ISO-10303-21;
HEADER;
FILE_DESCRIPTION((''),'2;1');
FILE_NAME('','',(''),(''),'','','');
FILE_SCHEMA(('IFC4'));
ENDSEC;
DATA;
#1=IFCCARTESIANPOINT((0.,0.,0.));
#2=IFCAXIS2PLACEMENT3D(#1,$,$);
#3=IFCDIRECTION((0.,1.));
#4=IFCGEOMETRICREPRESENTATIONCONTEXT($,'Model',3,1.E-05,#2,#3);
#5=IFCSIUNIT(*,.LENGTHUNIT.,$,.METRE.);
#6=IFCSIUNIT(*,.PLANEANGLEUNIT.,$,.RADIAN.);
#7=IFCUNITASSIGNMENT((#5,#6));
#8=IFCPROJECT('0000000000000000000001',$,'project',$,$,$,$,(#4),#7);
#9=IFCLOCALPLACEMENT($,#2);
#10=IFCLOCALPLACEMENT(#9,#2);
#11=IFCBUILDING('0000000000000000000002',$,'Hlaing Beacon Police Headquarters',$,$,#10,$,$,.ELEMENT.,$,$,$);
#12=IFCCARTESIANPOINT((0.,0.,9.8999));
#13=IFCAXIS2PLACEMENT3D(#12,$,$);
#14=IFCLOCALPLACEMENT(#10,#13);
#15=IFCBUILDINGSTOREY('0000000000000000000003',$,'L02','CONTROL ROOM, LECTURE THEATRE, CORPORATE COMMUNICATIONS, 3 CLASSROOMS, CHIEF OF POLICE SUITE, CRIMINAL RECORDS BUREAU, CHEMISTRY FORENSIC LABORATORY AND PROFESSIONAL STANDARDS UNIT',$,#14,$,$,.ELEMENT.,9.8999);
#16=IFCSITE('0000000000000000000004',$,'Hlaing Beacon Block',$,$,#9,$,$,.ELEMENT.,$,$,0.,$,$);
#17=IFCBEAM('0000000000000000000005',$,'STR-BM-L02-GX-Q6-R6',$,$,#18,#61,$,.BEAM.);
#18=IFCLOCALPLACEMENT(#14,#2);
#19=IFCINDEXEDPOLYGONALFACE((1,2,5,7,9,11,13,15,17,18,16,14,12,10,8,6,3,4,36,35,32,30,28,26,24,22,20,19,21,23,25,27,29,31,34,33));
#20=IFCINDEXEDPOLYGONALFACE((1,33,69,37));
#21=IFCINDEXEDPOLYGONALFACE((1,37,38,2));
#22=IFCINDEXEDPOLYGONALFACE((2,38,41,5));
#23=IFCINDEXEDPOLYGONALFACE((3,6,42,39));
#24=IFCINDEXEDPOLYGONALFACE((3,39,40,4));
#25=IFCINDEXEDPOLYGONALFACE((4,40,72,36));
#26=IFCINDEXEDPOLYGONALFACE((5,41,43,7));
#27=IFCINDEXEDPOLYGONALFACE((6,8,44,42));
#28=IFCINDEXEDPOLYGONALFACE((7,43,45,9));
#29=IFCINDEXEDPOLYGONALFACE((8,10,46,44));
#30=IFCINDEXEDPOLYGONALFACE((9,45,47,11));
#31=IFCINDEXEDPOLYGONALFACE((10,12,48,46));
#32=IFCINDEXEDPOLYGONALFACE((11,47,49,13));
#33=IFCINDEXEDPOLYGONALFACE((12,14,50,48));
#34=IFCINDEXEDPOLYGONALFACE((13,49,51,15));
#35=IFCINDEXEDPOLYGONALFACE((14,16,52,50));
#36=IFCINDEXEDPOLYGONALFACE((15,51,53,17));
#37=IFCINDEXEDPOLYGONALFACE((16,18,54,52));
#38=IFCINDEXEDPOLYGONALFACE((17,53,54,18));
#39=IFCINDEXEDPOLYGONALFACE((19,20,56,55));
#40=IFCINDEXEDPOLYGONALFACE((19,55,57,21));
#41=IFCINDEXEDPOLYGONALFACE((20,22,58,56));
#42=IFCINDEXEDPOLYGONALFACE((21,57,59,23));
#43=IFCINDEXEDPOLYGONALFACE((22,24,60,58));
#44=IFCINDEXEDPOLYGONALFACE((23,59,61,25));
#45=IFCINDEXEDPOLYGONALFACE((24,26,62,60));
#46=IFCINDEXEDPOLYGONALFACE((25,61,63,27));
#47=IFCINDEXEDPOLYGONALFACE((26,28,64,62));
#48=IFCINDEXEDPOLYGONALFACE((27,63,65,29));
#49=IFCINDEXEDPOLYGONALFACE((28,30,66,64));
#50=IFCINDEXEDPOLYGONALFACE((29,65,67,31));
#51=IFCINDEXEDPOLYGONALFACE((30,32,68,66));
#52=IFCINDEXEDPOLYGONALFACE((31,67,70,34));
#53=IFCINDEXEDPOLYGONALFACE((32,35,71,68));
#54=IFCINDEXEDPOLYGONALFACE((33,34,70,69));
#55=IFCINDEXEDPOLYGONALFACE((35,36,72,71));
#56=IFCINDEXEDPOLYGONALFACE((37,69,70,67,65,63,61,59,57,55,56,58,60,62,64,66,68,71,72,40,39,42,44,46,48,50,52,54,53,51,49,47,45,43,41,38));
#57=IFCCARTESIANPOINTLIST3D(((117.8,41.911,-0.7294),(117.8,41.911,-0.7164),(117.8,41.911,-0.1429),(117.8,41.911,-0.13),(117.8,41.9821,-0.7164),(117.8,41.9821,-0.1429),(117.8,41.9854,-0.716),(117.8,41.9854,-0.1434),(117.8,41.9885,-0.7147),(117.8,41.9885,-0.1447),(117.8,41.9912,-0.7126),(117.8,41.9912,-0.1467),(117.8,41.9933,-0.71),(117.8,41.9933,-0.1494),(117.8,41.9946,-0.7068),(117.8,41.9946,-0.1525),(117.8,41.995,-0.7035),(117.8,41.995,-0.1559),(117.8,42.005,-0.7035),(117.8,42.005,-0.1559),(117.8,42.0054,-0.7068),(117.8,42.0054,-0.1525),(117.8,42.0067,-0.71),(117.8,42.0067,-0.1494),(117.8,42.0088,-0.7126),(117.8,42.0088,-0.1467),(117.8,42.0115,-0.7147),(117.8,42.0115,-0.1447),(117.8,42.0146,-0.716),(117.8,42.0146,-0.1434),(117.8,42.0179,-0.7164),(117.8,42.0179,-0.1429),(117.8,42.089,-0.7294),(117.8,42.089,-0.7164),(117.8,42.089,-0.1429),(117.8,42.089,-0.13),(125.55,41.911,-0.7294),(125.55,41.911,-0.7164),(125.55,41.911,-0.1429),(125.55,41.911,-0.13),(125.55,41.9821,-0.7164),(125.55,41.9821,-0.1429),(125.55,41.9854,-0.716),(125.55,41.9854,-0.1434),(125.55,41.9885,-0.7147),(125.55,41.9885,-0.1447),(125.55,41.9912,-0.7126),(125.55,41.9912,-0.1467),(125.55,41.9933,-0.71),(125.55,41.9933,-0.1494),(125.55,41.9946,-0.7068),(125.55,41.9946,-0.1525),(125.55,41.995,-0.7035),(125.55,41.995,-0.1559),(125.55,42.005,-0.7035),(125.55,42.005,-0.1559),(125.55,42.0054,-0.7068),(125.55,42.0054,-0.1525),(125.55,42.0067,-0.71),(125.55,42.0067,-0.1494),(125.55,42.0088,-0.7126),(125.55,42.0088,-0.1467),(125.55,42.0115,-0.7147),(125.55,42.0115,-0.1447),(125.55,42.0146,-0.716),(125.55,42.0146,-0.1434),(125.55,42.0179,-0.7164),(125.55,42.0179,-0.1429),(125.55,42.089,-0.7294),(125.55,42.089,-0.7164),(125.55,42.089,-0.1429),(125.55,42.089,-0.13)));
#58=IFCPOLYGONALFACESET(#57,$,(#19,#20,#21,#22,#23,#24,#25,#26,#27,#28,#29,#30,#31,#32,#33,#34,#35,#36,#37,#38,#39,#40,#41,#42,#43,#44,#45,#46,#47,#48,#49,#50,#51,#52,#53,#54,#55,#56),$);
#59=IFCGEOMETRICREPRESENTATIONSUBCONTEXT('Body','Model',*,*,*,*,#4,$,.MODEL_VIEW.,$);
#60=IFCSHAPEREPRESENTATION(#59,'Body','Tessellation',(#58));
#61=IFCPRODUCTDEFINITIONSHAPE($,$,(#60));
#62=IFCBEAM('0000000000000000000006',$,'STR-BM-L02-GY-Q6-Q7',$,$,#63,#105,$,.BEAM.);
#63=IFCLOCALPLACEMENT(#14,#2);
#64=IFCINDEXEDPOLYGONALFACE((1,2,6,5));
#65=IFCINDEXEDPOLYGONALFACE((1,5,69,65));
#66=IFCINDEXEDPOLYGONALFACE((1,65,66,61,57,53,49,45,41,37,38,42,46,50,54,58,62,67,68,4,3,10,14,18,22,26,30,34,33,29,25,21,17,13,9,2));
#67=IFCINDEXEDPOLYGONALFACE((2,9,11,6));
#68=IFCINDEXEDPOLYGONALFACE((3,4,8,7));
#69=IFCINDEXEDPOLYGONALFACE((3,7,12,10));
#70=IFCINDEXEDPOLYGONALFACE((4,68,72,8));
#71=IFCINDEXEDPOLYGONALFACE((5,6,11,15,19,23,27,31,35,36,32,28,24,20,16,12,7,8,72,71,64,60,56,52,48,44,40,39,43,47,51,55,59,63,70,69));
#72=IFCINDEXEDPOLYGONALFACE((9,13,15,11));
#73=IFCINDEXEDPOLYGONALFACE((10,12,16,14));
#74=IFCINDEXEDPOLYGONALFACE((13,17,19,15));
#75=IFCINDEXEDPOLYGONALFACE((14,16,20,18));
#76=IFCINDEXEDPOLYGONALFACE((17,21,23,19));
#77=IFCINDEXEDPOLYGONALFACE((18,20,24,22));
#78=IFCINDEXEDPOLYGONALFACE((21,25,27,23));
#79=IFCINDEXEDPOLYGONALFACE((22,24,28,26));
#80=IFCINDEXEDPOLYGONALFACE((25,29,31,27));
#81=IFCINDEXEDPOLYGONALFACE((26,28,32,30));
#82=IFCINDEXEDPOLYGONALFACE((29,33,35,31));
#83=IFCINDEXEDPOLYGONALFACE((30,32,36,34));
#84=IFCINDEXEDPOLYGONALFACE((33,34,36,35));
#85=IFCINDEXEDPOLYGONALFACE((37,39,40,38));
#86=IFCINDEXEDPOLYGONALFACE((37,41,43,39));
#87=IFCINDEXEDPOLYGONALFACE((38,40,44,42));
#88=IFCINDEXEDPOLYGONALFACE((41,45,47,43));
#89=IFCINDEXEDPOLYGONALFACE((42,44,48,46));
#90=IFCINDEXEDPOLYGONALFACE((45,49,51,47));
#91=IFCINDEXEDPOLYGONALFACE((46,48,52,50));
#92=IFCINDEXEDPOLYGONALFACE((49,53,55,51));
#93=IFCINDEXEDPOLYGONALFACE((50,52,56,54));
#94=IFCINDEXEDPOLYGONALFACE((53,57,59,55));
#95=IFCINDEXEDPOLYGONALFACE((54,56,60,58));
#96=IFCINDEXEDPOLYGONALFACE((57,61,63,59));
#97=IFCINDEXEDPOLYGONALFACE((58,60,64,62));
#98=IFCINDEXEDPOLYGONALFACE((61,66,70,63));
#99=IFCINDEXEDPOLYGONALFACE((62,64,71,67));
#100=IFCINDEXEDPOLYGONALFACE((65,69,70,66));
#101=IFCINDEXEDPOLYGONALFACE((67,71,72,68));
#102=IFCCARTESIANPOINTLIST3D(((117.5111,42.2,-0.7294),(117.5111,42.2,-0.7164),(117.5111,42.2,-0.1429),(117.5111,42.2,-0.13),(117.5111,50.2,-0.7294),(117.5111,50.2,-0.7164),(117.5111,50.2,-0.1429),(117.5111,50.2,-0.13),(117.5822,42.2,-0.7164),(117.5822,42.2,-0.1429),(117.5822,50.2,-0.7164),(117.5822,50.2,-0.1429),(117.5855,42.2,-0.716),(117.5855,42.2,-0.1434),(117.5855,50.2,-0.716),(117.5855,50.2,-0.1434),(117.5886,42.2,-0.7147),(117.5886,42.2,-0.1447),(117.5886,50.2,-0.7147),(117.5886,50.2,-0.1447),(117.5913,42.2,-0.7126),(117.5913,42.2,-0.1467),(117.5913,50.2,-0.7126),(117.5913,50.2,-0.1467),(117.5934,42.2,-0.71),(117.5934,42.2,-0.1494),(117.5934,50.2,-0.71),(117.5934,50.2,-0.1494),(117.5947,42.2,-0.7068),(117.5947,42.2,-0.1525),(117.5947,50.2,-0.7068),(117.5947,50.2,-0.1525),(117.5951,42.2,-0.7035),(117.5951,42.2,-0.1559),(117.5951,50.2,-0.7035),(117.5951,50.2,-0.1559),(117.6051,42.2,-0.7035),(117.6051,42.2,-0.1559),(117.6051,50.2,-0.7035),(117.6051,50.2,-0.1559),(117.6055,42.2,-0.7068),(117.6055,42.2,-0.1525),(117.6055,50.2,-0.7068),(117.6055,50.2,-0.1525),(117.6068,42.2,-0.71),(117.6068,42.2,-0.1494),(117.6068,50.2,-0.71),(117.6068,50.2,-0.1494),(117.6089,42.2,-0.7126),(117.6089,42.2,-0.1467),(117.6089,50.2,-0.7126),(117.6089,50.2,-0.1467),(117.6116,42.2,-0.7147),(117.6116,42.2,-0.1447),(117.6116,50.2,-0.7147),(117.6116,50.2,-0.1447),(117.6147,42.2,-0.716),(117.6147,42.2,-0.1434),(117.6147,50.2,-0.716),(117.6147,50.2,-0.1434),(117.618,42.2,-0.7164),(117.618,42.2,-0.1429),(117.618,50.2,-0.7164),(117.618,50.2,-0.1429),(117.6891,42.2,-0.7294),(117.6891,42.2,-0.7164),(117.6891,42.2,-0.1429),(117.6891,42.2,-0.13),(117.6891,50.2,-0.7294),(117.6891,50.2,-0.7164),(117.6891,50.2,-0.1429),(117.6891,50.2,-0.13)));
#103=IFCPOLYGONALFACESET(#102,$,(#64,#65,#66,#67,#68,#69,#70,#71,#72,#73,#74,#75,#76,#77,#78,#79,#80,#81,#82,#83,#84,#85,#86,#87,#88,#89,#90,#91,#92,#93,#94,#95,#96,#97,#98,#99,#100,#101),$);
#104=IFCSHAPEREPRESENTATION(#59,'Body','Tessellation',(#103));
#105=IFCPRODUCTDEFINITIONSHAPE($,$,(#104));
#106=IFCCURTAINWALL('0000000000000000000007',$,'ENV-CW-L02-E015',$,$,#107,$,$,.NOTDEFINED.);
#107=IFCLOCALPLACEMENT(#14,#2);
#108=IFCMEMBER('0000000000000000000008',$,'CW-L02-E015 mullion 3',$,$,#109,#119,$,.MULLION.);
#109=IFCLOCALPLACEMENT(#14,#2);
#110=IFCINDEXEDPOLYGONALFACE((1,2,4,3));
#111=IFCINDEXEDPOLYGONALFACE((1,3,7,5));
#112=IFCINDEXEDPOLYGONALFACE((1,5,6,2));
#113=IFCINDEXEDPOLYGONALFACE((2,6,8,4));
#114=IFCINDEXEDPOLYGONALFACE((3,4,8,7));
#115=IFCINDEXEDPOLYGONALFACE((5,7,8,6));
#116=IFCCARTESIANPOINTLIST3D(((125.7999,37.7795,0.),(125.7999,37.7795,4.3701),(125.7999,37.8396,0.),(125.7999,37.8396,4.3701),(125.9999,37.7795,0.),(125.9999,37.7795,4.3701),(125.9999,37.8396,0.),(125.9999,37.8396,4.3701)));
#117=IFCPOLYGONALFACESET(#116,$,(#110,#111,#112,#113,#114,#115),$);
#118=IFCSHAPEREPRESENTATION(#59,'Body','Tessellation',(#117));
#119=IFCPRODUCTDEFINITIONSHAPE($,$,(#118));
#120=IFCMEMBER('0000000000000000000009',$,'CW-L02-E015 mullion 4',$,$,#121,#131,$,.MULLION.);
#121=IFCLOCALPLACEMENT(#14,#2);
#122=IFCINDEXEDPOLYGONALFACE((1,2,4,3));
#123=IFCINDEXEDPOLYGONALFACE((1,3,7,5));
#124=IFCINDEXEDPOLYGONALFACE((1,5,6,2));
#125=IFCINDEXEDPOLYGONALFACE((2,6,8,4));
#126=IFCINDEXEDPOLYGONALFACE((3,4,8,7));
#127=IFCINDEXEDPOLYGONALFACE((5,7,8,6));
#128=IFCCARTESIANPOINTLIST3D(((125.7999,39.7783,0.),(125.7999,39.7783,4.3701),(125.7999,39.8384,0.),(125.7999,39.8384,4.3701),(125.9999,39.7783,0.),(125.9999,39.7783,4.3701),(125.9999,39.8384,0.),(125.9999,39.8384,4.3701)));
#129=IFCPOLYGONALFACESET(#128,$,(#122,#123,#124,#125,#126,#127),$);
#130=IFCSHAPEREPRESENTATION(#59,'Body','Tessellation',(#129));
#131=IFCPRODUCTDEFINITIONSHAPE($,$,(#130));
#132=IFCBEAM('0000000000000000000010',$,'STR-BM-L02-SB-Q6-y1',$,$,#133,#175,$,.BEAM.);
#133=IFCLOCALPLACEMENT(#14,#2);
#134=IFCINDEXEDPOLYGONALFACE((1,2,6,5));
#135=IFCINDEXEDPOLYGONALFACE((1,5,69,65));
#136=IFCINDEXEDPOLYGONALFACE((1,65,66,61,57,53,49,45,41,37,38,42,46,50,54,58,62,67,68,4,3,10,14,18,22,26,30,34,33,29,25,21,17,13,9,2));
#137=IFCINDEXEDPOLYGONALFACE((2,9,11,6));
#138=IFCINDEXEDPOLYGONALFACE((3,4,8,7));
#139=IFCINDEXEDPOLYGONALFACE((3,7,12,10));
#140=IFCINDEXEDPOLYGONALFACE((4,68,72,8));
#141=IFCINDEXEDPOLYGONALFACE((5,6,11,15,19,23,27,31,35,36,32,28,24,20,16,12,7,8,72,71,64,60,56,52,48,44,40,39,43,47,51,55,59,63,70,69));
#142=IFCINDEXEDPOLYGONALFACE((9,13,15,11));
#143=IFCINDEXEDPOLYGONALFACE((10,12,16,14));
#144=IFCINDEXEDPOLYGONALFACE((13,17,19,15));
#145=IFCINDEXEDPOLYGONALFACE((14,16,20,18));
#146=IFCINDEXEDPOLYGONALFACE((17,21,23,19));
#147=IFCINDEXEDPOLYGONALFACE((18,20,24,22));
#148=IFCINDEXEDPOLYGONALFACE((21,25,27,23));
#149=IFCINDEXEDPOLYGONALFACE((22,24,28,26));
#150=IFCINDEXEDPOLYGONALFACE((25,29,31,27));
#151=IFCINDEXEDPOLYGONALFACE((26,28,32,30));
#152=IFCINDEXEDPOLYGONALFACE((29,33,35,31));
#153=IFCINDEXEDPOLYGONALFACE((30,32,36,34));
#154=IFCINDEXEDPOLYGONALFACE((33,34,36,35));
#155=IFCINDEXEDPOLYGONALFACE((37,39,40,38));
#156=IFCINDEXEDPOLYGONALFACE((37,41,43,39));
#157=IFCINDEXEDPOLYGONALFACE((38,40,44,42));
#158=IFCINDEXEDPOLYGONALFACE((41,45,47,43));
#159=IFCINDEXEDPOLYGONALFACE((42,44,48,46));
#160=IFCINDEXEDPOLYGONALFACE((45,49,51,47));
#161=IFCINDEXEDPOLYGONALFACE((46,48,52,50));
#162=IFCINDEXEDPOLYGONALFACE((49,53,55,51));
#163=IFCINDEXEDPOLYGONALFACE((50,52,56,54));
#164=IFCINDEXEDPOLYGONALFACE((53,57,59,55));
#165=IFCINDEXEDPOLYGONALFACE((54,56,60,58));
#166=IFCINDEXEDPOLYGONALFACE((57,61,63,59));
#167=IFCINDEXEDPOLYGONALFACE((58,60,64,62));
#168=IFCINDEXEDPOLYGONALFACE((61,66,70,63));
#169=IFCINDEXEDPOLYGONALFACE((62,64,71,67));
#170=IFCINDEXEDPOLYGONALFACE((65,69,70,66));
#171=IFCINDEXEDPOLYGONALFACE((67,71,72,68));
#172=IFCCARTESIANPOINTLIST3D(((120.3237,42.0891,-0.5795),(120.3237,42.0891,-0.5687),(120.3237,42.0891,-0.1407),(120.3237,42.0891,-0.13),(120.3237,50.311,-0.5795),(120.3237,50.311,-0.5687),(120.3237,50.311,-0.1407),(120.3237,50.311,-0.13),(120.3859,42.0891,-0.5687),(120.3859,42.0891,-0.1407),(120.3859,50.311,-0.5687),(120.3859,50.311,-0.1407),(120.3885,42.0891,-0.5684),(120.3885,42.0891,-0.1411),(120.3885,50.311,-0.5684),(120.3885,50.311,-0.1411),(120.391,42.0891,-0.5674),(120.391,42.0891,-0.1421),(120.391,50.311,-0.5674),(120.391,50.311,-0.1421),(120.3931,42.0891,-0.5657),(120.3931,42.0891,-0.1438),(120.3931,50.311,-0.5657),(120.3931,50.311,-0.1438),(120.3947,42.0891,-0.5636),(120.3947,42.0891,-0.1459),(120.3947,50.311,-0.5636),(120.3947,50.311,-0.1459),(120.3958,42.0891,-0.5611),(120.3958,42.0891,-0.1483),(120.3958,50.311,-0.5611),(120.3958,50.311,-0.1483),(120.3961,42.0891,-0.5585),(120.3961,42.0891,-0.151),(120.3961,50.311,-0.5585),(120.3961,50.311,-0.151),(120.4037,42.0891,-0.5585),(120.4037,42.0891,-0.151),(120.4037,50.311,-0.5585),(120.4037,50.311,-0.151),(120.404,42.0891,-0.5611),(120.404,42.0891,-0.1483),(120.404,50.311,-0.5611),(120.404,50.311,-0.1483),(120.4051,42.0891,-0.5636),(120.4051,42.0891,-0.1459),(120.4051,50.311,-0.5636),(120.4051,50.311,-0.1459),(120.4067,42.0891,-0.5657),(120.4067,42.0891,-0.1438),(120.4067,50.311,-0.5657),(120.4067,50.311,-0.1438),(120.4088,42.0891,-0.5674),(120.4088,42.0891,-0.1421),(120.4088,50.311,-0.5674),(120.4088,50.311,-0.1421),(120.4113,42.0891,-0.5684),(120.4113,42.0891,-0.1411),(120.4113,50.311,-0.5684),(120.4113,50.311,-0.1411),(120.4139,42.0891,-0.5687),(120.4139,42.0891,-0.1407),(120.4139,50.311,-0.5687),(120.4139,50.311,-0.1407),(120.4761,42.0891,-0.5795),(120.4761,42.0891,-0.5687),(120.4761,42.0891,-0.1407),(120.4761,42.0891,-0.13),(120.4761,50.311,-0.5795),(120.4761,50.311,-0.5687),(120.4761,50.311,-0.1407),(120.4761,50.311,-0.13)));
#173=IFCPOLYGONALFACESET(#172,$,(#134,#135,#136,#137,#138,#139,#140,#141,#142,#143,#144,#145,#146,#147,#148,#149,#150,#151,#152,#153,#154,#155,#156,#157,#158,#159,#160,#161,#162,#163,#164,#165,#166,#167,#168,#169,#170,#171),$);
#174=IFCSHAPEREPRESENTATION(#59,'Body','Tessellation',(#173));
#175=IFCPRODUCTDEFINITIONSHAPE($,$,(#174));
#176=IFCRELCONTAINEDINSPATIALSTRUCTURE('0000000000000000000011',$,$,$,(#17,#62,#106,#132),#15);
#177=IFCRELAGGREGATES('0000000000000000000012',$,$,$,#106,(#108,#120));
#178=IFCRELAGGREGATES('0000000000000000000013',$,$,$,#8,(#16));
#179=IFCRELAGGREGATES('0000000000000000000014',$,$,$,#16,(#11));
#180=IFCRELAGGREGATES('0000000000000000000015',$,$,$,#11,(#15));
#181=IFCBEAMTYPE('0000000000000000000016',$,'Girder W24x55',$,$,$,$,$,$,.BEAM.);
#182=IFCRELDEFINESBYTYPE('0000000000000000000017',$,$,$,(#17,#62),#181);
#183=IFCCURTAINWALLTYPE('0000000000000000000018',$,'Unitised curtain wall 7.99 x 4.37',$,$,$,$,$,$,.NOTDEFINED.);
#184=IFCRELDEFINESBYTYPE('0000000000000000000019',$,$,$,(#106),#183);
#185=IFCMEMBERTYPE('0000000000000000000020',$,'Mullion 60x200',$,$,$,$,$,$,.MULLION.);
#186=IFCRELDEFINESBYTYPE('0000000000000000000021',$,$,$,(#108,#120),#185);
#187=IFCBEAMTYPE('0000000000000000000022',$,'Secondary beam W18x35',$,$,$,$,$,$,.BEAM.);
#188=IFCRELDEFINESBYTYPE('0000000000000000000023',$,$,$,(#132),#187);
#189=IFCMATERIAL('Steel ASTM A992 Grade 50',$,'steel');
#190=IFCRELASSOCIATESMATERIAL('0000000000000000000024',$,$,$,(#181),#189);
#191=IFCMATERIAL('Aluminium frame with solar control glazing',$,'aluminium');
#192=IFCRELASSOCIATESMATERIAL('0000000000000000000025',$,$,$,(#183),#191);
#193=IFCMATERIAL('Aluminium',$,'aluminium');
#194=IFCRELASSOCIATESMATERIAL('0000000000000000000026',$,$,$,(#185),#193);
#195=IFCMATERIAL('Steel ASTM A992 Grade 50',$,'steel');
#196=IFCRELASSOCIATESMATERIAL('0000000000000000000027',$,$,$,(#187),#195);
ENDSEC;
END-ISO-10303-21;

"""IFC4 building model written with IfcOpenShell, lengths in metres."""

from ifc_helpers import new_model, si_unit, direction, frame, origin, origin_2d, place, context, subcontext, project, spatial, rectangle, i_section, extrude, material, material_profile, profile_set, type_object, element, aggregate, save


model = new_model("IFC4")

# Units and contexts
model_context = context("Model", 3, precision=1e-05, world=origin(), true_north=direction((0.0, 1.0)))
body_context = subcontext(model_context, "Body", "Model", "MODEL_VIEW")
ifc_project = project(units=[si_unit("LENGTHUNIT", "METRE"), si_unit("PLANEANGLEUNIT", "RADIAN")], contexts=[model_context])

# Site, building, storey
site_placement = place(None, origin())
site = spatial("IfcSite", under=ifc_project, at=site_placement, Name="Hlaing Beacon Block", CompositionType="ELEMENT", RefElevation=0.0)
building_placement = place(site_placement, origin())
building = spatial("IfcBuilding", under=site, at=building_placement, Name="Hlaing Beacon Police Headquarters", CompositionType="ELEMENT")
storey_placement = place(building_placement, frame((0.0, 0.0, 9.8999)))
storey = spatial("IfcBuildingStorey", under=building, at=storey_placement, Name="L02", Description="CONTROL ROOM, LECTURE THEATRE, CORPORATE COMMUNICATIONS, 3 CLASSROOMS, CHIEF OF POLICE SUITE, CRIMINAL RECORDS BUREAU, CHEMISTRY FORENSIC LABORATORY AND PROFESSIONAL STANDARDS UNIT", CompositionType="ELEMENT", Elevation=9.8999)

# Beams
ifc_material_1 = material(Name="Steel ASTM A992 Grade 50", Category="steel")
ifc_material_profile_1 = material_profile(ifc_material_1, i_section(OverallWidth=0.178, OverallDepth=0.5994, WebThickness=0.01, FlangeThickness=0.0129, FilletRadius=0.0129, at=origin_2d()), Name="W24x55")
ifc_profile_set_1 = profile_set([ifc_material_profile_1], Name="Steel ASTM A992 Grade 50")
beam_type_1 = type_object("IfcBeamType", Name="Girder W24x55", PredefinedType="BEAM", material=ifc_profile_set_1)
beam_1_placement = place(storey_placement, frame((117.8, 42.0, -0.4297), z_axis=(1.0, 0.0, 0.0), x_axis=(0.0, 1.0, 0.0)))
element("IfcBeam", 1, at=beam_1_placement, inside=storey, type_object=beam_type_1, Name="STR-BM-L02-GX-Q6-R6", PredefinedType="BEAM", context=body_context, shape_type="SweptSolid", body=[
    extrude(i_section(OverallWidth=0.178, OverallDepth=0.5994, WebThickness=0.01, FlangeThickness=0.0129, FilletRadius=0.0129, at=origin_2d()), origin(), (0.0, 0.0, 1.0), 7.75),
])
beam_2_placement = place(storey_placement, frame((117.6001, 42.2, -0.4297), z_axis=(0.0, 1.0, 0.0), x_axis=(-1.0, 0.0, 0.0)))
element("IfcBeam", 2, at=beam_2_placement, inside=storey, type_object=beam_type_1, Name="STR-BM-L02-GY-Q6-Q7", PredefinedType="BEAM", context=body_context, shape_type="SweptSolid", body=[
    extrude(i_section(OverallWidth=0.178, OverallDepth=0.5994, WebThickness=0.01, FlangeThickness=0.0129, FilletRadius=0.0129, at=origin_2d()), origin(), (0.0, 0.0, 1.0), 8.0),
])

# Curtain wall, members
ifc_material_2 = material(Name="Aluminium frame with solar control glazing", Category="aluminium")
curtain_wall_type = type_object("IfcCurtainWallType", Name="Unitised curtain wall 7.99 x 4.37", PredefinedType="NOTDEFINED", material=ifc_material_2)
curtain_wall_placement = place(storey_placement, origin())
curtain_wall = element("IfcCurtainWall", 3, at=curtain_wall_placement, inside=storey, type_object=curtain_wall_type, Name="ENV-CW-L02-E015", PredefinedType="NOTDEFINED")
ifc_material_3 = material(Name="Aluminium", Category="aluminium")
ifc_material_profile_2 = material_profile(ifc_material_3, rectangle(XDim=0.2, YDim=0.0601, at=origin_2d()), Name="Mullion 60x200")
ifc_profile_set_2 = profile_set([ifc_material_profile_2], Name="Aluminium")
member_type_1 = type_object("IfcMemberType", Name="Mullion 60x200", PredefinedType="MULLION", material=ifc_profile_set_2)
member_1_placement = place(storey_placement, frame((125.8999, 37.8096, 0.0), z_axis=(0.0, 0.0, 1.0), x_axis=(-1.0, 0.0, 0.0)))
member_1 = element("IfcMember", 4, at=member_1_placement, type_object=member_type_1, Name="CW-L02-E015 mullion 3", PredefinedType="MULLION", context=body_context, shape_type="SweptSolid", body=[
    extrude(rectangle(XDim=0.2, YDim=0.0601, at=origin_2d()), origin(), (0.0, 0.0, 1.0), 4.3701),
])
member_2_placement = place(storey_placement, frame((125.8999, 39.8083, 0.0), z_axis=(0.0, 0.0, 1.0), x_axis=(-1.0, 0.0, 0.0)))
member_2 = element("IfcMember", 5, at=member_2_placement, type_object=member_type_1, Name="CW-L02-E015 mullion 4", PredefinedType="MULLION", context=body_context, shape_type="SweptSolid", body=[
    extrude(rectangle(XDim=0.2, YDim=0.0601, at=origin_2d()), origin(), (0.0, 0.0, 1.0), 4.3701),
])

# Beam
ifc_material_4 = material(Name="Steel ASTM A992 Grade 50", Category="steel")
ifc_material_profile_3 = material_profile(ifc_material_4, i_section(OverallWidth=0.1523, OverallDepth=0.4495, WebThickness=0.0076, FlangeThickness=0.0107, FilletRadius=0.0103, at=origin_2d()), Name="W18x35")
ifc_profile_set_3 = profile_set([ifc_material_profile_3], Name="Steel ASTM A992 Grade 50")
beam_type_2 = type_object("IfcBeamType", Name="Secondary beam W18x35", PredefinedType="BEAM", material=ifc_profile_set_3)
for number, where, z_axis, x_axis, name in (
    (6, (120.3999, 42.0891, -0.3547), (0.0, 1.0, 0.0), (-1.0, 0.0, 0.0), "STR-BM-L02-SB-Q6-y1"),
):
    element("IfcBeam", number, at=place(storey_placement, frame(where, z_axis=z_axis, x_axis=x_axis)), inside=storey, type_object=beam_type_2, Name=name, PredefinedType="BEAM", context=body_context, shape_type="SweptSolid", body=[
        extrude(i_section(OverallWidth=0.1523, OverallDepth=0.4495, WebThickness=0.0076, FlangeThickness=0.0107, FilletRadius=0.0103, at=origin_2d()), origin(), (0.0, 0.0, 1.0), 8.2219),
    ])

aggregate(curtain_wall, [member_1, member_2])

save(model, "model.ifc")
